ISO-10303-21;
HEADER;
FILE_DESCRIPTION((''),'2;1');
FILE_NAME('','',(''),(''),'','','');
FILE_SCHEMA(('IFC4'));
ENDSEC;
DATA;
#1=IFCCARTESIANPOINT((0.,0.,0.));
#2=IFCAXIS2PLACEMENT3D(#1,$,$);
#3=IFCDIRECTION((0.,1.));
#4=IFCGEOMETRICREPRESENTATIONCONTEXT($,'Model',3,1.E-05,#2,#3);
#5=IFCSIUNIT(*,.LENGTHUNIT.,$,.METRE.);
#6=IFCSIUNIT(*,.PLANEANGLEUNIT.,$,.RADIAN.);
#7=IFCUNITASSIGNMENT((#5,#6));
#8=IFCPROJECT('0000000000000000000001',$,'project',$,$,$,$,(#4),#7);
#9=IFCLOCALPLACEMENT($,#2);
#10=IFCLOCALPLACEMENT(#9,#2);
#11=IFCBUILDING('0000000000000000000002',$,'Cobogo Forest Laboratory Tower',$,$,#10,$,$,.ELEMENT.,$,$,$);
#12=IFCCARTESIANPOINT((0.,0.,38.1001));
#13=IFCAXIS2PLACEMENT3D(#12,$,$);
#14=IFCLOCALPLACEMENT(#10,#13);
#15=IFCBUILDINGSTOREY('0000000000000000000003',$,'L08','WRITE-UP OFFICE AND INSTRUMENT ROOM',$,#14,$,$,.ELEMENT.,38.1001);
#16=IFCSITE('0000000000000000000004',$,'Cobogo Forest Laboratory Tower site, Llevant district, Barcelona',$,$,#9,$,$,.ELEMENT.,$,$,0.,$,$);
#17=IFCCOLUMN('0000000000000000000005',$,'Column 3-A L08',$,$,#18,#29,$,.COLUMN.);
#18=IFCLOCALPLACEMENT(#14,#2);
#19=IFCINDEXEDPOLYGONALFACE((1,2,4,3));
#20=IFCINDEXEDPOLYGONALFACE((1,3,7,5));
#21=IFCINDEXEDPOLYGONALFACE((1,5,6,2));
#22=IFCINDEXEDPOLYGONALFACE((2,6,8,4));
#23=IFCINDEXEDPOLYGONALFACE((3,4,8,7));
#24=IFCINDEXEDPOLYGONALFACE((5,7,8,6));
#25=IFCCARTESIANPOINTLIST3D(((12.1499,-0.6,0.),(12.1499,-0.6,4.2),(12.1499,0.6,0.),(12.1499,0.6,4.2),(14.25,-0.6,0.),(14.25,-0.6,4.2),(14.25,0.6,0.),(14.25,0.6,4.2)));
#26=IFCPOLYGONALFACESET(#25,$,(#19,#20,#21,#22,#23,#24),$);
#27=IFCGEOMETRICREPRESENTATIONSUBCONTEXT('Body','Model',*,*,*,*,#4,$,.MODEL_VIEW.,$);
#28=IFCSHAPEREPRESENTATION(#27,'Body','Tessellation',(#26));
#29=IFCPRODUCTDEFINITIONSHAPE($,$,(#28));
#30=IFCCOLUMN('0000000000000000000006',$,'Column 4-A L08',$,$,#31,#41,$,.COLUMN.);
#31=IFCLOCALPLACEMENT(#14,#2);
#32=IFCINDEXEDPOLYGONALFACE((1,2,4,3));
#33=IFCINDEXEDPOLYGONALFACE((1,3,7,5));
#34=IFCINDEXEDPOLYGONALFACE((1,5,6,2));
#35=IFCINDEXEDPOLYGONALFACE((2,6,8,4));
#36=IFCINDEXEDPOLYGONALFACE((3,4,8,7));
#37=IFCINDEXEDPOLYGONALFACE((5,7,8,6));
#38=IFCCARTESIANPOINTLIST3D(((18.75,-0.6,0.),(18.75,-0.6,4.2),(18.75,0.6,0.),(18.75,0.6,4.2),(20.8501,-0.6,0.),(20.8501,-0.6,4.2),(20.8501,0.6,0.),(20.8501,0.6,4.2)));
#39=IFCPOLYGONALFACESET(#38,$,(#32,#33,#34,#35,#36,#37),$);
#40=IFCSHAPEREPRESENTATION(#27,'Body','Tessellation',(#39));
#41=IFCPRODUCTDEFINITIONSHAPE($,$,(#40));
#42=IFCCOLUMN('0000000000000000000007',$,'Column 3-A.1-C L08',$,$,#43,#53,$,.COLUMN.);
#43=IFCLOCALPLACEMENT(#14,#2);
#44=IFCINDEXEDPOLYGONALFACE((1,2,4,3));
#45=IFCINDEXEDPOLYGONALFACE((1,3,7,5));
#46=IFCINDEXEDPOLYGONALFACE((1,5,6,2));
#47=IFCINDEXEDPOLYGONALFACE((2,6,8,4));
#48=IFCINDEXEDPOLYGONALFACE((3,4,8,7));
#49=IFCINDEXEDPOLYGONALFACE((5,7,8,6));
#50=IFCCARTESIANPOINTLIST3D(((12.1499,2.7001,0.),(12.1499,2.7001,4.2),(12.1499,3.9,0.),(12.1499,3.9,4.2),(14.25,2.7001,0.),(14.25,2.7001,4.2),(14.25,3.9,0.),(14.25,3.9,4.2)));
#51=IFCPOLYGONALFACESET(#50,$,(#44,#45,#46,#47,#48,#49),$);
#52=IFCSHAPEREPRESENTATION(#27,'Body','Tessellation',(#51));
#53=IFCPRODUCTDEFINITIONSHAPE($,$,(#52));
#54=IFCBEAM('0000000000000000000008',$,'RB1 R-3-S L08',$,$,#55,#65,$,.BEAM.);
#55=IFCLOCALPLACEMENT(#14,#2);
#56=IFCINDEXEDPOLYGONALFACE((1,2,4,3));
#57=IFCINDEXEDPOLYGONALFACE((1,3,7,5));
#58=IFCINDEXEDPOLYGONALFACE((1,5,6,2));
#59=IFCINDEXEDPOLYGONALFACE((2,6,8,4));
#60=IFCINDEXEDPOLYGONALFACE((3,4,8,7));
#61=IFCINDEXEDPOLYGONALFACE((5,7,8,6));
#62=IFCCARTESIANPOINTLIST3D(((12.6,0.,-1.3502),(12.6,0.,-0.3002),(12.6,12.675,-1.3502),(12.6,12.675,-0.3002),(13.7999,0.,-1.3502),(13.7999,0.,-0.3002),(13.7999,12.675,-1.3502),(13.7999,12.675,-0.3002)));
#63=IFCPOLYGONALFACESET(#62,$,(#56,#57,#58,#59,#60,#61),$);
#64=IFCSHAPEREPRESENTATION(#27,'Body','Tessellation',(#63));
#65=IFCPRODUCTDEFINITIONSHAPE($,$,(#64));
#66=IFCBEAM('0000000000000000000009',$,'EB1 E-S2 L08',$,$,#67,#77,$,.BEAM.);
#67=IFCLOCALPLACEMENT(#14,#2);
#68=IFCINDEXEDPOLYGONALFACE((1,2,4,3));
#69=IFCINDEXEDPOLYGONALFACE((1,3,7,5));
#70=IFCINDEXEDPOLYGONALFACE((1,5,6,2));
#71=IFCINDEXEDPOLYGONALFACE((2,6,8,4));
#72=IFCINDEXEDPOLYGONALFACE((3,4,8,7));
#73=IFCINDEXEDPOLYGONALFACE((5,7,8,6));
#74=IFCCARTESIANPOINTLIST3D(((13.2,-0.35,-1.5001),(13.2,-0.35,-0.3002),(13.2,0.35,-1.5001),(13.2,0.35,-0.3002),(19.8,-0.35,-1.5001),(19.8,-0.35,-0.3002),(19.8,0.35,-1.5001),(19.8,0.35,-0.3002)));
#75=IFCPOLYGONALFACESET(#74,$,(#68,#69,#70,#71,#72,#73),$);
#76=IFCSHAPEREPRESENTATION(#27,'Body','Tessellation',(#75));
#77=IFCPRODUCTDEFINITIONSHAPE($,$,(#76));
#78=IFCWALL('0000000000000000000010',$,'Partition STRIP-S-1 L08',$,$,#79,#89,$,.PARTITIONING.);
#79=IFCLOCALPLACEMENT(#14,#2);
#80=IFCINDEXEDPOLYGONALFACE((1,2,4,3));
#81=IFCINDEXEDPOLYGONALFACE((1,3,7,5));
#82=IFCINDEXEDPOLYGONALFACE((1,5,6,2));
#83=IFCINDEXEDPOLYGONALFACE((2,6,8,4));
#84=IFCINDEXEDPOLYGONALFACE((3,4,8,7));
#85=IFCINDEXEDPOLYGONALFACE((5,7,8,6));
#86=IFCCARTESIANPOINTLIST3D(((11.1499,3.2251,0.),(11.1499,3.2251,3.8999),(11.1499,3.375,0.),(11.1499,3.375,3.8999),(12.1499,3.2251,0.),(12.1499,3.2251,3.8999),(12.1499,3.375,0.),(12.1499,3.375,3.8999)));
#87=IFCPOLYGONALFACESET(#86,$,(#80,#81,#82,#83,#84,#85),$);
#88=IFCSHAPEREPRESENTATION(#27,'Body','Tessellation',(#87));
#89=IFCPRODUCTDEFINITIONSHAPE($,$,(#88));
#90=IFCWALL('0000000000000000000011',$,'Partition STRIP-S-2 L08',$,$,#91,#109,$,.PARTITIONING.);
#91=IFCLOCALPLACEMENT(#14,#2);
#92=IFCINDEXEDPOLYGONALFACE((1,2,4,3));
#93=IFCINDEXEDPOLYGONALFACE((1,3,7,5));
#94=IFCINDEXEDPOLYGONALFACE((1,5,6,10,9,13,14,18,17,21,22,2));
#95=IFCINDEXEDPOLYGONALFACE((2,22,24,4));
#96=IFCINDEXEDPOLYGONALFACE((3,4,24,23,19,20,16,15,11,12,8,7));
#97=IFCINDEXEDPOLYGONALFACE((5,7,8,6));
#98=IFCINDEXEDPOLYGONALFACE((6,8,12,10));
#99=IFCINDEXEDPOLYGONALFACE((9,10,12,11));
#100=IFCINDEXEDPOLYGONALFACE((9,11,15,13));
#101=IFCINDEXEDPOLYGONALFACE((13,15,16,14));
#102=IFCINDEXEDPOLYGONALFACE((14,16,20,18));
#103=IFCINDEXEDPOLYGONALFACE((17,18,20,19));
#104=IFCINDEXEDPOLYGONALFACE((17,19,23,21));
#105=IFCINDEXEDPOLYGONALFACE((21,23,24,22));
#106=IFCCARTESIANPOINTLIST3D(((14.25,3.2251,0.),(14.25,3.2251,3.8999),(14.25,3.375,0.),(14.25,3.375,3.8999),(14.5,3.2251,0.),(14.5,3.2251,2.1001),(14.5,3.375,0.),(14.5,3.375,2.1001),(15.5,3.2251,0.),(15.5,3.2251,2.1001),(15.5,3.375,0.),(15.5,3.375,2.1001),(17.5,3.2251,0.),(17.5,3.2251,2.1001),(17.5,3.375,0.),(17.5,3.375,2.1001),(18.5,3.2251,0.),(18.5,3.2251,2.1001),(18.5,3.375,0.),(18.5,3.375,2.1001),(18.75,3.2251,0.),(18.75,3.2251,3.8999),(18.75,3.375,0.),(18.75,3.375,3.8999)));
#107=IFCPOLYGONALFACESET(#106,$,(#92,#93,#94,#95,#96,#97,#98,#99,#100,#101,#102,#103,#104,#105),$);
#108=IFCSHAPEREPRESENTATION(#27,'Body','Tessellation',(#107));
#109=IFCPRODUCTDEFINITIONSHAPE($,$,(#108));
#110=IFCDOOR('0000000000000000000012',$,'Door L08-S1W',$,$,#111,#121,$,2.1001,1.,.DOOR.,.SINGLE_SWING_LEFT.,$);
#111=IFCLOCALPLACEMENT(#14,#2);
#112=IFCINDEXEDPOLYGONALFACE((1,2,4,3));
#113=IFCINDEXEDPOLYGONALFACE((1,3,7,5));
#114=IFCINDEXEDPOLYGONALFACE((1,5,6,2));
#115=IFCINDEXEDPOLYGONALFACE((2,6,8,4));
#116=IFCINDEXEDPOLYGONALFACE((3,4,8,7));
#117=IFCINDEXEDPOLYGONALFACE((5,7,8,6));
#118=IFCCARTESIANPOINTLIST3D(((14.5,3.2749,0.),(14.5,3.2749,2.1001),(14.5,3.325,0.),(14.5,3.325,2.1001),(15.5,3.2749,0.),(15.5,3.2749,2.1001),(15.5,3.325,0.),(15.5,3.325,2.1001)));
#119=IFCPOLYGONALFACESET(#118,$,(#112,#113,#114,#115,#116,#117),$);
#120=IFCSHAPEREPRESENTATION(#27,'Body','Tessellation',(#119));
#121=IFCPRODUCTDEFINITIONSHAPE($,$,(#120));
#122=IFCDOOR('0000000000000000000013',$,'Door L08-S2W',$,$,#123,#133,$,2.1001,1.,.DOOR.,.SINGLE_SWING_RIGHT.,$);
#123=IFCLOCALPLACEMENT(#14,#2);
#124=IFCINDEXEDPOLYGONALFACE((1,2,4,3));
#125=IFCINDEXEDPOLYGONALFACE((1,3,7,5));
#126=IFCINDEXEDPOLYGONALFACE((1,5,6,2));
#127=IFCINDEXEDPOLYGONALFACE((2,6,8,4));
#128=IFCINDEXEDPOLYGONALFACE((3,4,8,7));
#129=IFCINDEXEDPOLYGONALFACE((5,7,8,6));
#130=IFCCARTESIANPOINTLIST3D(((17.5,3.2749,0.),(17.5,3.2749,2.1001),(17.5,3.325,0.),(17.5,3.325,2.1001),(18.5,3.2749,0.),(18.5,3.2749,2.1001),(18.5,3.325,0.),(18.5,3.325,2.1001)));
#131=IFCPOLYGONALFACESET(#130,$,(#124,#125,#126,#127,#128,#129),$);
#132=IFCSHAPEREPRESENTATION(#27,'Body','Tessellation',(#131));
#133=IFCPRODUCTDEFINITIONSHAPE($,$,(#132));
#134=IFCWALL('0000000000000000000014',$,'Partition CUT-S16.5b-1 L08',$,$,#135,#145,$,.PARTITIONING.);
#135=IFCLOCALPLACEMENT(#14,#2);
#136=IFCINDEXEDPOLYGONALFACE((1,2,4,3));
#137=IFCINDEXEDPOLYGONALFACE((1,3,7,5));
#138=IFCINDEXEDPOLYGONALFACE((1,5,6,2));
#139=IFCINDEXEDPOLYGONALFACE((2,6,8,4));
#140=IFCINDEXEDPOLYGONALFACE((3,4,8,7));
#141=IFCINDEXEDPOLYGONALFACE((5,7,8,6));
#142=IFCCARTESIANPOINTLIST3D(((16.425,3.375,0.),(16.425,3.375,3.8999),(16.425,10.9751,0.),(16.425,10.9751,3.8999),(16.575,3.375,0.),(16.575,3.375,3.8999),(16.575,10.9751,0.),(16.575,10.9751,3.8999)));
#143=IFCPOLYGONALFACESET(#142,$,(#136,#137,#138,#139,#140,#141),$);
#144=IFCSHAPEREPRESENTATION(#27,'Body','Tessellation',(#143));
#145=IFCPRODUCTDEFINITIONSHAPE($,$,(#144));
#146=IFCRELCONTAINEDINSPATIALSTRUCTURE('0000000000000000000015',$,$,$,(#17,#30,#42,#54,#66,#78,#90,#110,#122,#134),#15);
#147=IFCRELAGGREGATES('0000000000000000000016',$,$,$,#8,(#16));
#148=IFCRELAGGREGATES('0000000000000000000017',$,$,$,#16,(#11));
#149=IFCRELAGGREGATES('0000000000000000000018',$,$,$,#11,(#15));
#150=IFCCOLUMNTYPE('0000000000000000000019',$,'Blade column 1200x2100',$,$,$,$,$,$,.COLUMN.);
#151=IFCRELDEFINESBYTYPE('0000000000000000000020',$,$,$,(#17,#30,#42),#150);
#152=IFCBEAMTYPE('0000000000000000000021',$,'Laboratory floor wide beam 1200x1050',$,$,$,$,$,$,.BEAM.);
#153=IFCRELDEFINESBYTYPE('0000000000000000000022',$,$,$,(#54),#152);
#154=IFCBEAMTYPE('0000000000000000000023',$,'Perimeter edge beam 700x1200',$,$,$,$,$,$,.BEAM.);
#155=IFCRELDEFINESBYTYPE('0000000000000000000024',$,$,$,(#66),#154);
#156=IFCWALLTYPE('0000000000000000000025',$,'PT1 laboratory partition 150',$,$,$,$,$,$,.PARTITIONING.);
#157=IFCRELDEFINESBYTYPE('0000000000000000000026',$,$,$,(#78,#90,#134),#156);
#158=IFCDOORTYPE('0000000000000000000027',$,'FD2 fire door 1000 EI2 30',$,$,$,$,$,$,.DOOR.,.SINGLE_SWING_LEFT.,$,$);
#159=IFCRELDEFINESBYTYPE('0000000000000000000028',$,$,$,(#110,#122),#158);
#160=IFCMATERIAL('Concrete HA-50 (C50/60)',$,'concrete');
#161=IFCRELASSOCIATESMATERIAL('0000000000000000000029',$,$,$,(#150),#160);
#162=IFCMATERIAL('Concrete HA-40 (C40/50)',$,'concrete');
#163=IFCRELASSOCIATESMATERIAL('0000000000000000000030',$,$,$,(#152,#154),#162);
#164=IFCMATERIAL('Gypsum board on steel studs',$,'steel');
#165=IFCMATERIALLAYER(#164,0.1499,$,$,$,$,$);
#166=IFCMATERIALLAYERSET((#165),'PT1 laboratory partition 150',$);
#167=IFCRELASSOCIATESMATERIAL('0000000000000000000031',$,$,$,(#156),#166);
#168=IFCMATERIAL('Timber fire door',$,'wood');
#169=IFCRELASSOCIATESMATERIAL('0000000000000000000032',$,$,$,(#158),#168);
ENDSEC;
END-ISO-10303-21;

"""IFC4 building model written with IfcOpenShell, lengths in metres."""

from ifc_helpers import new_model, si_unit, direction, frame, frame_2d, origin, origin_2d, place, context, subcontext, project, spatial, rectangle, extrude, material, layer, layer_set, material_profile, profile_set, type_object, element, fill, save


model = new_model("IFC4")

# Units and contexts
model_context = context("Model", 3, precision=1e-05, world=origin(), true_north=direction((0.0, 1.0)))
body_context = subcontext(model_context, "Body", "Model", "MODEL_VIEW")
ifc_project = project(units=[si_unit("LENGTHUNIT", "METRE"), si_unit("PLANEANGLEUNIT", "RADIAN")], contexts=[model_context])

# Site, building, storey
site_placement = place(None, origin())
site = spatial("IfcSite", under=ifc_project, at=site_placement, Name="Cobogo Forest Laboratory Tower site, Llevant district, Barcelona", CompositionType="ELEMENT", RefElevation=0.0)
building_placement = place(site_placement, origin())
building = spatial("IfcBuilding", under=site, at=building_placement, Name="Cobogo Forest Laboratory Tower", CompositionType="ELEMENT")
storey_placement = place(building_placement, frame((0.0, 0.0, 38.1001)))
storey = spatial("IfcBuildingStorey", under=building, at=storey_placement, Name="L08", Description="WRITE-UP OFFICE AND INSTRUMENT ROOM", CompositionType="ELEMENT", Elevation=38.1001)

# Columns
ifc_material_1 = material(Name="Concrete HA-50 (C50/60)", Category="concrete")
ifc_material_profile_1 = material_profile(ifc_material_1, rectangle(XDim=2.1001, YDim=1.2, at=origin_2d()), Name="RC 1200x2100")
ifc_profile_set_1 = profile_set([ifc_material_profile_1], Name="Concrete HA-50 (C50/60)")
column_type = type_object("IfcColumnType", Name="Blade column 1200x2100", PredefinedType="COLUMN", material=ifc_profile_set_1)
for number, where, z_axis, x_axis, name in (
    (1, (13.2, 0.0, 0.0), (0.0, 0.0, 1.0), (1.0, 0.0, 0.0), "Column 3-A L08"),
    (2, (19.8, 0.0, 0.0), (0.0, 0.0, 1.0), (1.0, 0.0, 0.0), "Column 4-A L08"),
    (3, (13.2, 3.3, 0.0), (0.0, 0.0, 1.0), (1.0, 0.0, 0.0), "Column 3-A.1-C L08"),
):
    element("IfcColumn", number, at=place(storey_placement, frame(where, z_axis=z_axis, x_axis=x_axis)), inside=storey, type_object=column_type, Name=name, PredefinedType="COLUMN", context=body_context, shape_type="SweptSolid", body=[
        extrude(rectangle(XDim=2.1001, YDim=1.2, at=origin_2d()), origin(), (0.0, 0.0, 1.0), 4.2),
    ])

# Beams
ifc_material_2 = material(Name="Concrete HA-40 (C40/50)", Category="concrete")
ifc_material_profile_2 = material_profile(ifc_material_2, rectangle(XDim=1.2, YDim=1.05, at=origin_2d()), Name="RC 1200x1050")
ifc_profile_set_2 = profile_set([ifc_material_profile_2], Name="Concrete HA-40 (C40/50)")
beam_type_1 = type_object("IfcBeamType", Name="Laboratory floor wide beam 1200x1050", PredefinedType="BEAM", material=ifc_profile_set_2)
beam_1_placement = place(storey_placement, frame((13.2, 12.675, -0.8252), z_axis=(0.0, -1.0, 0.0), x_axis=(1.0, 0.0, 0.0)))
element("IfcBeam", 4, at=beam_1_placement, inside=storey, type_object=beam_type_1, Name="RB1 R-3-S L08", PredefinedType="BEAM", context=body_context, shape_type="SweptSolid", body=[
    extrude(rectangle(XDim=1.2, YDim=1.05, at=origin_2d()), origin(), (0.0, 0.0, 1.0), 12.675),
])
ifc_material_profile_3 = material_profile(ifc_material_2, rectangle(XDim=0.7, YDim=1.2, at=origin_2d()), Name="RC 700x1200")
ifc_profile_set_3 = profile_set([ifc_material_profile_3], Name="Concrete HA-40 (C40/50)")
beam_type_2 = type_object("IfcBeamType", Name="Perimeter edge beam 700x1200", PredefinedType="BEAM", material=ifc_profile_set_3)
beam_2_placement = place(storey_placement, frame((13.2, 0.0, -0.9001), z_axis=(1.0, 0.0, 0.0), x_axis=(0.0, 1.0, 0.0)))
element("IfcBeam", 5, at=beam_2_placement, inside=storey, type_object=beam_type_2, Name="EB1 E-S2 L08", PredefinedType="BEAM", context=body_context, shape_type="SweptSolid", body=[
    extrude(rectangle(XDim=0.7, YDim=1.2, at=origin_2d()), origin(), (0.0, 0.0, 1.0), 6.6001),
])

# Wall
ifc_material_3 = material(Name="Gypsum board on steel studs", Category="steel")
ifc_layer_1 = layer(ifc_material_3, 0.1499)
ifc_layer_set_1 = layer_set([ifc_layer_1], Name="PT1 laboratory partition 150")
wall_type_1 = type_object("IfcWallType", Name="PT1 laboratory partition 150", PredefinedType="PARTITIONING", material=ifc_layer_set_1)
wall_1_placement = place(storey_placement, frame((11.1499, 3.3, 0.0), z_axis=(0.0, 0.0, 1.0), x_axis=(1.0, 0.0, 0.0)))
element("IfcWall", 6, at=wall_1_placement, inside=storey, type_object=wall_type_1, Name="Partition STRIP-S-1 L08", PredefinedType="PARTITIONING", context=body_context, shape_type="SweptSolid", body=[
    extrude(rectangle(XDim=1.0, YDim=0.1499, at=frame_2d((0.5, 0.0))), origin(), (0.0, 0.0, 1.0), 3.8999),
])

# Wall, openings, doors
wall_2_placement = place(storey_placement, frame((14.25, 3.3, 0.0), z_axis=(0.0, 0.0, 1.0), x_axis=(1.0, 0.0, 0.0)))
wall_2 = element("IfcWall", 7, at=wall_2_placement, inside=storey, type_object=wall_type_1, Name="Partition STRIP-S-2 L08", PredefinedType="PARTITIONING", context=body_context, shape_type="SweptSolid", body=[
    extrude(rectangle(XDim=4.5, YDim=0.1499, at=frame_2d((2.25, 0.0))), origin(), (0.0, 0.0, 1.0), 3.8999),
])
opening_1_placement = place(wall_2_placement, frame((0.25, 0.0, 0.0)))
opening_1 = element("IfcOpeningElement", 8, at=opening_1_placement, cuts=wall_2, PredefinedType="OPENING", context=body_context, shape_type="SweptSolid", body=[
    extrude(rectangle(XDim=1.0, YDim=2.1001, at=frame_2d((0.5, 1.05))), frame((0.0, 0.085, 0.0), z_axis=(0.0, -1.0, 0.0), x_axis=(1.0, 0.0, 0.0)), (0.0, 0.0, 1.0), 0.1699),
])
opening_2_placement = place(wall_2_placement, frame((3.25, 0.0, 0.0)))
opening_2 = element("IfcOpeningElement", 9, at=opening_2_placement, cuts=wall_2, PredefinedType="OPENING", context=body_context, shape_type="SweptSolid", body=[
    extrude(rectangle(XDim=1.0, YDim=2.1001, at=frame_2d((0.5, 1.05))), frame((0.0, 0.085, 0.0), z_axis=(0.0, -1.0, 0.0), x_axis=(1.0, 0.0, 0.0)), (0.0, 0.0, 1.0), 0.1699),
])
ifc_material_4 = material(Name="Timber fire door", Category="wood")
door_type_1 = type_object("IfcDoorType", Name="FD2 fire door 1000 EI2 30", OperationType="SINGLE_SWING_LEFT", PredefinedType="DOOR", material=ifc_material_4)
door_1_placement = place(opening_1_placement, origin())
door_1 = element("IfcDoor", 10, at=door_1_placement, inside=storey, type_object=door_type_1, Name="Door L08-S1W", OperationType="SINGLE_SWING_LEFT", OverallHeight=2.1001, OverallWidth=1.0, PredefinedType="DOOR", context=body_context, shape_type="SweptSolid", body=[
    extrude(rectangle(XDim=1.0, YDim=2.1001, at=frame_2d((0.5, 1.05))), frame((0.0, 0.0249, 0.0), z_axis=(0.0, -1.0, 0.0), x_axis=(1.0, 0.0, 0.0)), (0.0, 0.0, 1.0), 0.05),
])
fill(opening_1, door_1)
door_2_placement = place(opening_2_placement, origin())
door_2 = element("IfcDoor", 11, at=door_2_placement, inside=storey, type_object=door_type_1, Name="Door L08-S2W", OperationType="SINGLE_SWING_RIGHT", OverallHeight=2.1001, OverallWidth=1.0, PredefinedType="DOOR", context=body_context, shape_type="SweptSolid", body=[
    extrude(rectangle(XDim=1.0, YDim=2.1001, at=frame_2d((0.5, 1.05))), frame((0.0, 0.0249, 0.0), z_axis=(0.0, -1.0, 0.0), x_axis=(1.0, 0.0, 0.0)), (0.0, 0.0, 1.0), 0.05),
])
fill(opening_2, door_2)

# Wall
wall_3_placement = place(storey_placement, frame((16.5, 3.375, 0.0), z_axis=(0.0, 0.0, 1.0), x_axis=(0.0, 1.0, 0.0)))
element("IfcWall", 12, at=wall_3_placement, inside=storey, type_object=wall_type_1, Name="Partition CUT-S16.5b-1 L08", PredefinedType="PARTITIONING", context=body_context, shape_type="SweptSolid", body=[
    extrude(rectangle(XDim=7.6001, YDim=0.1499, at=frame_2d((3.8, 0.0))), origin(), (0.0, 0.0, 1.0), 3.8999),
])

save(model, "model.ifc")
